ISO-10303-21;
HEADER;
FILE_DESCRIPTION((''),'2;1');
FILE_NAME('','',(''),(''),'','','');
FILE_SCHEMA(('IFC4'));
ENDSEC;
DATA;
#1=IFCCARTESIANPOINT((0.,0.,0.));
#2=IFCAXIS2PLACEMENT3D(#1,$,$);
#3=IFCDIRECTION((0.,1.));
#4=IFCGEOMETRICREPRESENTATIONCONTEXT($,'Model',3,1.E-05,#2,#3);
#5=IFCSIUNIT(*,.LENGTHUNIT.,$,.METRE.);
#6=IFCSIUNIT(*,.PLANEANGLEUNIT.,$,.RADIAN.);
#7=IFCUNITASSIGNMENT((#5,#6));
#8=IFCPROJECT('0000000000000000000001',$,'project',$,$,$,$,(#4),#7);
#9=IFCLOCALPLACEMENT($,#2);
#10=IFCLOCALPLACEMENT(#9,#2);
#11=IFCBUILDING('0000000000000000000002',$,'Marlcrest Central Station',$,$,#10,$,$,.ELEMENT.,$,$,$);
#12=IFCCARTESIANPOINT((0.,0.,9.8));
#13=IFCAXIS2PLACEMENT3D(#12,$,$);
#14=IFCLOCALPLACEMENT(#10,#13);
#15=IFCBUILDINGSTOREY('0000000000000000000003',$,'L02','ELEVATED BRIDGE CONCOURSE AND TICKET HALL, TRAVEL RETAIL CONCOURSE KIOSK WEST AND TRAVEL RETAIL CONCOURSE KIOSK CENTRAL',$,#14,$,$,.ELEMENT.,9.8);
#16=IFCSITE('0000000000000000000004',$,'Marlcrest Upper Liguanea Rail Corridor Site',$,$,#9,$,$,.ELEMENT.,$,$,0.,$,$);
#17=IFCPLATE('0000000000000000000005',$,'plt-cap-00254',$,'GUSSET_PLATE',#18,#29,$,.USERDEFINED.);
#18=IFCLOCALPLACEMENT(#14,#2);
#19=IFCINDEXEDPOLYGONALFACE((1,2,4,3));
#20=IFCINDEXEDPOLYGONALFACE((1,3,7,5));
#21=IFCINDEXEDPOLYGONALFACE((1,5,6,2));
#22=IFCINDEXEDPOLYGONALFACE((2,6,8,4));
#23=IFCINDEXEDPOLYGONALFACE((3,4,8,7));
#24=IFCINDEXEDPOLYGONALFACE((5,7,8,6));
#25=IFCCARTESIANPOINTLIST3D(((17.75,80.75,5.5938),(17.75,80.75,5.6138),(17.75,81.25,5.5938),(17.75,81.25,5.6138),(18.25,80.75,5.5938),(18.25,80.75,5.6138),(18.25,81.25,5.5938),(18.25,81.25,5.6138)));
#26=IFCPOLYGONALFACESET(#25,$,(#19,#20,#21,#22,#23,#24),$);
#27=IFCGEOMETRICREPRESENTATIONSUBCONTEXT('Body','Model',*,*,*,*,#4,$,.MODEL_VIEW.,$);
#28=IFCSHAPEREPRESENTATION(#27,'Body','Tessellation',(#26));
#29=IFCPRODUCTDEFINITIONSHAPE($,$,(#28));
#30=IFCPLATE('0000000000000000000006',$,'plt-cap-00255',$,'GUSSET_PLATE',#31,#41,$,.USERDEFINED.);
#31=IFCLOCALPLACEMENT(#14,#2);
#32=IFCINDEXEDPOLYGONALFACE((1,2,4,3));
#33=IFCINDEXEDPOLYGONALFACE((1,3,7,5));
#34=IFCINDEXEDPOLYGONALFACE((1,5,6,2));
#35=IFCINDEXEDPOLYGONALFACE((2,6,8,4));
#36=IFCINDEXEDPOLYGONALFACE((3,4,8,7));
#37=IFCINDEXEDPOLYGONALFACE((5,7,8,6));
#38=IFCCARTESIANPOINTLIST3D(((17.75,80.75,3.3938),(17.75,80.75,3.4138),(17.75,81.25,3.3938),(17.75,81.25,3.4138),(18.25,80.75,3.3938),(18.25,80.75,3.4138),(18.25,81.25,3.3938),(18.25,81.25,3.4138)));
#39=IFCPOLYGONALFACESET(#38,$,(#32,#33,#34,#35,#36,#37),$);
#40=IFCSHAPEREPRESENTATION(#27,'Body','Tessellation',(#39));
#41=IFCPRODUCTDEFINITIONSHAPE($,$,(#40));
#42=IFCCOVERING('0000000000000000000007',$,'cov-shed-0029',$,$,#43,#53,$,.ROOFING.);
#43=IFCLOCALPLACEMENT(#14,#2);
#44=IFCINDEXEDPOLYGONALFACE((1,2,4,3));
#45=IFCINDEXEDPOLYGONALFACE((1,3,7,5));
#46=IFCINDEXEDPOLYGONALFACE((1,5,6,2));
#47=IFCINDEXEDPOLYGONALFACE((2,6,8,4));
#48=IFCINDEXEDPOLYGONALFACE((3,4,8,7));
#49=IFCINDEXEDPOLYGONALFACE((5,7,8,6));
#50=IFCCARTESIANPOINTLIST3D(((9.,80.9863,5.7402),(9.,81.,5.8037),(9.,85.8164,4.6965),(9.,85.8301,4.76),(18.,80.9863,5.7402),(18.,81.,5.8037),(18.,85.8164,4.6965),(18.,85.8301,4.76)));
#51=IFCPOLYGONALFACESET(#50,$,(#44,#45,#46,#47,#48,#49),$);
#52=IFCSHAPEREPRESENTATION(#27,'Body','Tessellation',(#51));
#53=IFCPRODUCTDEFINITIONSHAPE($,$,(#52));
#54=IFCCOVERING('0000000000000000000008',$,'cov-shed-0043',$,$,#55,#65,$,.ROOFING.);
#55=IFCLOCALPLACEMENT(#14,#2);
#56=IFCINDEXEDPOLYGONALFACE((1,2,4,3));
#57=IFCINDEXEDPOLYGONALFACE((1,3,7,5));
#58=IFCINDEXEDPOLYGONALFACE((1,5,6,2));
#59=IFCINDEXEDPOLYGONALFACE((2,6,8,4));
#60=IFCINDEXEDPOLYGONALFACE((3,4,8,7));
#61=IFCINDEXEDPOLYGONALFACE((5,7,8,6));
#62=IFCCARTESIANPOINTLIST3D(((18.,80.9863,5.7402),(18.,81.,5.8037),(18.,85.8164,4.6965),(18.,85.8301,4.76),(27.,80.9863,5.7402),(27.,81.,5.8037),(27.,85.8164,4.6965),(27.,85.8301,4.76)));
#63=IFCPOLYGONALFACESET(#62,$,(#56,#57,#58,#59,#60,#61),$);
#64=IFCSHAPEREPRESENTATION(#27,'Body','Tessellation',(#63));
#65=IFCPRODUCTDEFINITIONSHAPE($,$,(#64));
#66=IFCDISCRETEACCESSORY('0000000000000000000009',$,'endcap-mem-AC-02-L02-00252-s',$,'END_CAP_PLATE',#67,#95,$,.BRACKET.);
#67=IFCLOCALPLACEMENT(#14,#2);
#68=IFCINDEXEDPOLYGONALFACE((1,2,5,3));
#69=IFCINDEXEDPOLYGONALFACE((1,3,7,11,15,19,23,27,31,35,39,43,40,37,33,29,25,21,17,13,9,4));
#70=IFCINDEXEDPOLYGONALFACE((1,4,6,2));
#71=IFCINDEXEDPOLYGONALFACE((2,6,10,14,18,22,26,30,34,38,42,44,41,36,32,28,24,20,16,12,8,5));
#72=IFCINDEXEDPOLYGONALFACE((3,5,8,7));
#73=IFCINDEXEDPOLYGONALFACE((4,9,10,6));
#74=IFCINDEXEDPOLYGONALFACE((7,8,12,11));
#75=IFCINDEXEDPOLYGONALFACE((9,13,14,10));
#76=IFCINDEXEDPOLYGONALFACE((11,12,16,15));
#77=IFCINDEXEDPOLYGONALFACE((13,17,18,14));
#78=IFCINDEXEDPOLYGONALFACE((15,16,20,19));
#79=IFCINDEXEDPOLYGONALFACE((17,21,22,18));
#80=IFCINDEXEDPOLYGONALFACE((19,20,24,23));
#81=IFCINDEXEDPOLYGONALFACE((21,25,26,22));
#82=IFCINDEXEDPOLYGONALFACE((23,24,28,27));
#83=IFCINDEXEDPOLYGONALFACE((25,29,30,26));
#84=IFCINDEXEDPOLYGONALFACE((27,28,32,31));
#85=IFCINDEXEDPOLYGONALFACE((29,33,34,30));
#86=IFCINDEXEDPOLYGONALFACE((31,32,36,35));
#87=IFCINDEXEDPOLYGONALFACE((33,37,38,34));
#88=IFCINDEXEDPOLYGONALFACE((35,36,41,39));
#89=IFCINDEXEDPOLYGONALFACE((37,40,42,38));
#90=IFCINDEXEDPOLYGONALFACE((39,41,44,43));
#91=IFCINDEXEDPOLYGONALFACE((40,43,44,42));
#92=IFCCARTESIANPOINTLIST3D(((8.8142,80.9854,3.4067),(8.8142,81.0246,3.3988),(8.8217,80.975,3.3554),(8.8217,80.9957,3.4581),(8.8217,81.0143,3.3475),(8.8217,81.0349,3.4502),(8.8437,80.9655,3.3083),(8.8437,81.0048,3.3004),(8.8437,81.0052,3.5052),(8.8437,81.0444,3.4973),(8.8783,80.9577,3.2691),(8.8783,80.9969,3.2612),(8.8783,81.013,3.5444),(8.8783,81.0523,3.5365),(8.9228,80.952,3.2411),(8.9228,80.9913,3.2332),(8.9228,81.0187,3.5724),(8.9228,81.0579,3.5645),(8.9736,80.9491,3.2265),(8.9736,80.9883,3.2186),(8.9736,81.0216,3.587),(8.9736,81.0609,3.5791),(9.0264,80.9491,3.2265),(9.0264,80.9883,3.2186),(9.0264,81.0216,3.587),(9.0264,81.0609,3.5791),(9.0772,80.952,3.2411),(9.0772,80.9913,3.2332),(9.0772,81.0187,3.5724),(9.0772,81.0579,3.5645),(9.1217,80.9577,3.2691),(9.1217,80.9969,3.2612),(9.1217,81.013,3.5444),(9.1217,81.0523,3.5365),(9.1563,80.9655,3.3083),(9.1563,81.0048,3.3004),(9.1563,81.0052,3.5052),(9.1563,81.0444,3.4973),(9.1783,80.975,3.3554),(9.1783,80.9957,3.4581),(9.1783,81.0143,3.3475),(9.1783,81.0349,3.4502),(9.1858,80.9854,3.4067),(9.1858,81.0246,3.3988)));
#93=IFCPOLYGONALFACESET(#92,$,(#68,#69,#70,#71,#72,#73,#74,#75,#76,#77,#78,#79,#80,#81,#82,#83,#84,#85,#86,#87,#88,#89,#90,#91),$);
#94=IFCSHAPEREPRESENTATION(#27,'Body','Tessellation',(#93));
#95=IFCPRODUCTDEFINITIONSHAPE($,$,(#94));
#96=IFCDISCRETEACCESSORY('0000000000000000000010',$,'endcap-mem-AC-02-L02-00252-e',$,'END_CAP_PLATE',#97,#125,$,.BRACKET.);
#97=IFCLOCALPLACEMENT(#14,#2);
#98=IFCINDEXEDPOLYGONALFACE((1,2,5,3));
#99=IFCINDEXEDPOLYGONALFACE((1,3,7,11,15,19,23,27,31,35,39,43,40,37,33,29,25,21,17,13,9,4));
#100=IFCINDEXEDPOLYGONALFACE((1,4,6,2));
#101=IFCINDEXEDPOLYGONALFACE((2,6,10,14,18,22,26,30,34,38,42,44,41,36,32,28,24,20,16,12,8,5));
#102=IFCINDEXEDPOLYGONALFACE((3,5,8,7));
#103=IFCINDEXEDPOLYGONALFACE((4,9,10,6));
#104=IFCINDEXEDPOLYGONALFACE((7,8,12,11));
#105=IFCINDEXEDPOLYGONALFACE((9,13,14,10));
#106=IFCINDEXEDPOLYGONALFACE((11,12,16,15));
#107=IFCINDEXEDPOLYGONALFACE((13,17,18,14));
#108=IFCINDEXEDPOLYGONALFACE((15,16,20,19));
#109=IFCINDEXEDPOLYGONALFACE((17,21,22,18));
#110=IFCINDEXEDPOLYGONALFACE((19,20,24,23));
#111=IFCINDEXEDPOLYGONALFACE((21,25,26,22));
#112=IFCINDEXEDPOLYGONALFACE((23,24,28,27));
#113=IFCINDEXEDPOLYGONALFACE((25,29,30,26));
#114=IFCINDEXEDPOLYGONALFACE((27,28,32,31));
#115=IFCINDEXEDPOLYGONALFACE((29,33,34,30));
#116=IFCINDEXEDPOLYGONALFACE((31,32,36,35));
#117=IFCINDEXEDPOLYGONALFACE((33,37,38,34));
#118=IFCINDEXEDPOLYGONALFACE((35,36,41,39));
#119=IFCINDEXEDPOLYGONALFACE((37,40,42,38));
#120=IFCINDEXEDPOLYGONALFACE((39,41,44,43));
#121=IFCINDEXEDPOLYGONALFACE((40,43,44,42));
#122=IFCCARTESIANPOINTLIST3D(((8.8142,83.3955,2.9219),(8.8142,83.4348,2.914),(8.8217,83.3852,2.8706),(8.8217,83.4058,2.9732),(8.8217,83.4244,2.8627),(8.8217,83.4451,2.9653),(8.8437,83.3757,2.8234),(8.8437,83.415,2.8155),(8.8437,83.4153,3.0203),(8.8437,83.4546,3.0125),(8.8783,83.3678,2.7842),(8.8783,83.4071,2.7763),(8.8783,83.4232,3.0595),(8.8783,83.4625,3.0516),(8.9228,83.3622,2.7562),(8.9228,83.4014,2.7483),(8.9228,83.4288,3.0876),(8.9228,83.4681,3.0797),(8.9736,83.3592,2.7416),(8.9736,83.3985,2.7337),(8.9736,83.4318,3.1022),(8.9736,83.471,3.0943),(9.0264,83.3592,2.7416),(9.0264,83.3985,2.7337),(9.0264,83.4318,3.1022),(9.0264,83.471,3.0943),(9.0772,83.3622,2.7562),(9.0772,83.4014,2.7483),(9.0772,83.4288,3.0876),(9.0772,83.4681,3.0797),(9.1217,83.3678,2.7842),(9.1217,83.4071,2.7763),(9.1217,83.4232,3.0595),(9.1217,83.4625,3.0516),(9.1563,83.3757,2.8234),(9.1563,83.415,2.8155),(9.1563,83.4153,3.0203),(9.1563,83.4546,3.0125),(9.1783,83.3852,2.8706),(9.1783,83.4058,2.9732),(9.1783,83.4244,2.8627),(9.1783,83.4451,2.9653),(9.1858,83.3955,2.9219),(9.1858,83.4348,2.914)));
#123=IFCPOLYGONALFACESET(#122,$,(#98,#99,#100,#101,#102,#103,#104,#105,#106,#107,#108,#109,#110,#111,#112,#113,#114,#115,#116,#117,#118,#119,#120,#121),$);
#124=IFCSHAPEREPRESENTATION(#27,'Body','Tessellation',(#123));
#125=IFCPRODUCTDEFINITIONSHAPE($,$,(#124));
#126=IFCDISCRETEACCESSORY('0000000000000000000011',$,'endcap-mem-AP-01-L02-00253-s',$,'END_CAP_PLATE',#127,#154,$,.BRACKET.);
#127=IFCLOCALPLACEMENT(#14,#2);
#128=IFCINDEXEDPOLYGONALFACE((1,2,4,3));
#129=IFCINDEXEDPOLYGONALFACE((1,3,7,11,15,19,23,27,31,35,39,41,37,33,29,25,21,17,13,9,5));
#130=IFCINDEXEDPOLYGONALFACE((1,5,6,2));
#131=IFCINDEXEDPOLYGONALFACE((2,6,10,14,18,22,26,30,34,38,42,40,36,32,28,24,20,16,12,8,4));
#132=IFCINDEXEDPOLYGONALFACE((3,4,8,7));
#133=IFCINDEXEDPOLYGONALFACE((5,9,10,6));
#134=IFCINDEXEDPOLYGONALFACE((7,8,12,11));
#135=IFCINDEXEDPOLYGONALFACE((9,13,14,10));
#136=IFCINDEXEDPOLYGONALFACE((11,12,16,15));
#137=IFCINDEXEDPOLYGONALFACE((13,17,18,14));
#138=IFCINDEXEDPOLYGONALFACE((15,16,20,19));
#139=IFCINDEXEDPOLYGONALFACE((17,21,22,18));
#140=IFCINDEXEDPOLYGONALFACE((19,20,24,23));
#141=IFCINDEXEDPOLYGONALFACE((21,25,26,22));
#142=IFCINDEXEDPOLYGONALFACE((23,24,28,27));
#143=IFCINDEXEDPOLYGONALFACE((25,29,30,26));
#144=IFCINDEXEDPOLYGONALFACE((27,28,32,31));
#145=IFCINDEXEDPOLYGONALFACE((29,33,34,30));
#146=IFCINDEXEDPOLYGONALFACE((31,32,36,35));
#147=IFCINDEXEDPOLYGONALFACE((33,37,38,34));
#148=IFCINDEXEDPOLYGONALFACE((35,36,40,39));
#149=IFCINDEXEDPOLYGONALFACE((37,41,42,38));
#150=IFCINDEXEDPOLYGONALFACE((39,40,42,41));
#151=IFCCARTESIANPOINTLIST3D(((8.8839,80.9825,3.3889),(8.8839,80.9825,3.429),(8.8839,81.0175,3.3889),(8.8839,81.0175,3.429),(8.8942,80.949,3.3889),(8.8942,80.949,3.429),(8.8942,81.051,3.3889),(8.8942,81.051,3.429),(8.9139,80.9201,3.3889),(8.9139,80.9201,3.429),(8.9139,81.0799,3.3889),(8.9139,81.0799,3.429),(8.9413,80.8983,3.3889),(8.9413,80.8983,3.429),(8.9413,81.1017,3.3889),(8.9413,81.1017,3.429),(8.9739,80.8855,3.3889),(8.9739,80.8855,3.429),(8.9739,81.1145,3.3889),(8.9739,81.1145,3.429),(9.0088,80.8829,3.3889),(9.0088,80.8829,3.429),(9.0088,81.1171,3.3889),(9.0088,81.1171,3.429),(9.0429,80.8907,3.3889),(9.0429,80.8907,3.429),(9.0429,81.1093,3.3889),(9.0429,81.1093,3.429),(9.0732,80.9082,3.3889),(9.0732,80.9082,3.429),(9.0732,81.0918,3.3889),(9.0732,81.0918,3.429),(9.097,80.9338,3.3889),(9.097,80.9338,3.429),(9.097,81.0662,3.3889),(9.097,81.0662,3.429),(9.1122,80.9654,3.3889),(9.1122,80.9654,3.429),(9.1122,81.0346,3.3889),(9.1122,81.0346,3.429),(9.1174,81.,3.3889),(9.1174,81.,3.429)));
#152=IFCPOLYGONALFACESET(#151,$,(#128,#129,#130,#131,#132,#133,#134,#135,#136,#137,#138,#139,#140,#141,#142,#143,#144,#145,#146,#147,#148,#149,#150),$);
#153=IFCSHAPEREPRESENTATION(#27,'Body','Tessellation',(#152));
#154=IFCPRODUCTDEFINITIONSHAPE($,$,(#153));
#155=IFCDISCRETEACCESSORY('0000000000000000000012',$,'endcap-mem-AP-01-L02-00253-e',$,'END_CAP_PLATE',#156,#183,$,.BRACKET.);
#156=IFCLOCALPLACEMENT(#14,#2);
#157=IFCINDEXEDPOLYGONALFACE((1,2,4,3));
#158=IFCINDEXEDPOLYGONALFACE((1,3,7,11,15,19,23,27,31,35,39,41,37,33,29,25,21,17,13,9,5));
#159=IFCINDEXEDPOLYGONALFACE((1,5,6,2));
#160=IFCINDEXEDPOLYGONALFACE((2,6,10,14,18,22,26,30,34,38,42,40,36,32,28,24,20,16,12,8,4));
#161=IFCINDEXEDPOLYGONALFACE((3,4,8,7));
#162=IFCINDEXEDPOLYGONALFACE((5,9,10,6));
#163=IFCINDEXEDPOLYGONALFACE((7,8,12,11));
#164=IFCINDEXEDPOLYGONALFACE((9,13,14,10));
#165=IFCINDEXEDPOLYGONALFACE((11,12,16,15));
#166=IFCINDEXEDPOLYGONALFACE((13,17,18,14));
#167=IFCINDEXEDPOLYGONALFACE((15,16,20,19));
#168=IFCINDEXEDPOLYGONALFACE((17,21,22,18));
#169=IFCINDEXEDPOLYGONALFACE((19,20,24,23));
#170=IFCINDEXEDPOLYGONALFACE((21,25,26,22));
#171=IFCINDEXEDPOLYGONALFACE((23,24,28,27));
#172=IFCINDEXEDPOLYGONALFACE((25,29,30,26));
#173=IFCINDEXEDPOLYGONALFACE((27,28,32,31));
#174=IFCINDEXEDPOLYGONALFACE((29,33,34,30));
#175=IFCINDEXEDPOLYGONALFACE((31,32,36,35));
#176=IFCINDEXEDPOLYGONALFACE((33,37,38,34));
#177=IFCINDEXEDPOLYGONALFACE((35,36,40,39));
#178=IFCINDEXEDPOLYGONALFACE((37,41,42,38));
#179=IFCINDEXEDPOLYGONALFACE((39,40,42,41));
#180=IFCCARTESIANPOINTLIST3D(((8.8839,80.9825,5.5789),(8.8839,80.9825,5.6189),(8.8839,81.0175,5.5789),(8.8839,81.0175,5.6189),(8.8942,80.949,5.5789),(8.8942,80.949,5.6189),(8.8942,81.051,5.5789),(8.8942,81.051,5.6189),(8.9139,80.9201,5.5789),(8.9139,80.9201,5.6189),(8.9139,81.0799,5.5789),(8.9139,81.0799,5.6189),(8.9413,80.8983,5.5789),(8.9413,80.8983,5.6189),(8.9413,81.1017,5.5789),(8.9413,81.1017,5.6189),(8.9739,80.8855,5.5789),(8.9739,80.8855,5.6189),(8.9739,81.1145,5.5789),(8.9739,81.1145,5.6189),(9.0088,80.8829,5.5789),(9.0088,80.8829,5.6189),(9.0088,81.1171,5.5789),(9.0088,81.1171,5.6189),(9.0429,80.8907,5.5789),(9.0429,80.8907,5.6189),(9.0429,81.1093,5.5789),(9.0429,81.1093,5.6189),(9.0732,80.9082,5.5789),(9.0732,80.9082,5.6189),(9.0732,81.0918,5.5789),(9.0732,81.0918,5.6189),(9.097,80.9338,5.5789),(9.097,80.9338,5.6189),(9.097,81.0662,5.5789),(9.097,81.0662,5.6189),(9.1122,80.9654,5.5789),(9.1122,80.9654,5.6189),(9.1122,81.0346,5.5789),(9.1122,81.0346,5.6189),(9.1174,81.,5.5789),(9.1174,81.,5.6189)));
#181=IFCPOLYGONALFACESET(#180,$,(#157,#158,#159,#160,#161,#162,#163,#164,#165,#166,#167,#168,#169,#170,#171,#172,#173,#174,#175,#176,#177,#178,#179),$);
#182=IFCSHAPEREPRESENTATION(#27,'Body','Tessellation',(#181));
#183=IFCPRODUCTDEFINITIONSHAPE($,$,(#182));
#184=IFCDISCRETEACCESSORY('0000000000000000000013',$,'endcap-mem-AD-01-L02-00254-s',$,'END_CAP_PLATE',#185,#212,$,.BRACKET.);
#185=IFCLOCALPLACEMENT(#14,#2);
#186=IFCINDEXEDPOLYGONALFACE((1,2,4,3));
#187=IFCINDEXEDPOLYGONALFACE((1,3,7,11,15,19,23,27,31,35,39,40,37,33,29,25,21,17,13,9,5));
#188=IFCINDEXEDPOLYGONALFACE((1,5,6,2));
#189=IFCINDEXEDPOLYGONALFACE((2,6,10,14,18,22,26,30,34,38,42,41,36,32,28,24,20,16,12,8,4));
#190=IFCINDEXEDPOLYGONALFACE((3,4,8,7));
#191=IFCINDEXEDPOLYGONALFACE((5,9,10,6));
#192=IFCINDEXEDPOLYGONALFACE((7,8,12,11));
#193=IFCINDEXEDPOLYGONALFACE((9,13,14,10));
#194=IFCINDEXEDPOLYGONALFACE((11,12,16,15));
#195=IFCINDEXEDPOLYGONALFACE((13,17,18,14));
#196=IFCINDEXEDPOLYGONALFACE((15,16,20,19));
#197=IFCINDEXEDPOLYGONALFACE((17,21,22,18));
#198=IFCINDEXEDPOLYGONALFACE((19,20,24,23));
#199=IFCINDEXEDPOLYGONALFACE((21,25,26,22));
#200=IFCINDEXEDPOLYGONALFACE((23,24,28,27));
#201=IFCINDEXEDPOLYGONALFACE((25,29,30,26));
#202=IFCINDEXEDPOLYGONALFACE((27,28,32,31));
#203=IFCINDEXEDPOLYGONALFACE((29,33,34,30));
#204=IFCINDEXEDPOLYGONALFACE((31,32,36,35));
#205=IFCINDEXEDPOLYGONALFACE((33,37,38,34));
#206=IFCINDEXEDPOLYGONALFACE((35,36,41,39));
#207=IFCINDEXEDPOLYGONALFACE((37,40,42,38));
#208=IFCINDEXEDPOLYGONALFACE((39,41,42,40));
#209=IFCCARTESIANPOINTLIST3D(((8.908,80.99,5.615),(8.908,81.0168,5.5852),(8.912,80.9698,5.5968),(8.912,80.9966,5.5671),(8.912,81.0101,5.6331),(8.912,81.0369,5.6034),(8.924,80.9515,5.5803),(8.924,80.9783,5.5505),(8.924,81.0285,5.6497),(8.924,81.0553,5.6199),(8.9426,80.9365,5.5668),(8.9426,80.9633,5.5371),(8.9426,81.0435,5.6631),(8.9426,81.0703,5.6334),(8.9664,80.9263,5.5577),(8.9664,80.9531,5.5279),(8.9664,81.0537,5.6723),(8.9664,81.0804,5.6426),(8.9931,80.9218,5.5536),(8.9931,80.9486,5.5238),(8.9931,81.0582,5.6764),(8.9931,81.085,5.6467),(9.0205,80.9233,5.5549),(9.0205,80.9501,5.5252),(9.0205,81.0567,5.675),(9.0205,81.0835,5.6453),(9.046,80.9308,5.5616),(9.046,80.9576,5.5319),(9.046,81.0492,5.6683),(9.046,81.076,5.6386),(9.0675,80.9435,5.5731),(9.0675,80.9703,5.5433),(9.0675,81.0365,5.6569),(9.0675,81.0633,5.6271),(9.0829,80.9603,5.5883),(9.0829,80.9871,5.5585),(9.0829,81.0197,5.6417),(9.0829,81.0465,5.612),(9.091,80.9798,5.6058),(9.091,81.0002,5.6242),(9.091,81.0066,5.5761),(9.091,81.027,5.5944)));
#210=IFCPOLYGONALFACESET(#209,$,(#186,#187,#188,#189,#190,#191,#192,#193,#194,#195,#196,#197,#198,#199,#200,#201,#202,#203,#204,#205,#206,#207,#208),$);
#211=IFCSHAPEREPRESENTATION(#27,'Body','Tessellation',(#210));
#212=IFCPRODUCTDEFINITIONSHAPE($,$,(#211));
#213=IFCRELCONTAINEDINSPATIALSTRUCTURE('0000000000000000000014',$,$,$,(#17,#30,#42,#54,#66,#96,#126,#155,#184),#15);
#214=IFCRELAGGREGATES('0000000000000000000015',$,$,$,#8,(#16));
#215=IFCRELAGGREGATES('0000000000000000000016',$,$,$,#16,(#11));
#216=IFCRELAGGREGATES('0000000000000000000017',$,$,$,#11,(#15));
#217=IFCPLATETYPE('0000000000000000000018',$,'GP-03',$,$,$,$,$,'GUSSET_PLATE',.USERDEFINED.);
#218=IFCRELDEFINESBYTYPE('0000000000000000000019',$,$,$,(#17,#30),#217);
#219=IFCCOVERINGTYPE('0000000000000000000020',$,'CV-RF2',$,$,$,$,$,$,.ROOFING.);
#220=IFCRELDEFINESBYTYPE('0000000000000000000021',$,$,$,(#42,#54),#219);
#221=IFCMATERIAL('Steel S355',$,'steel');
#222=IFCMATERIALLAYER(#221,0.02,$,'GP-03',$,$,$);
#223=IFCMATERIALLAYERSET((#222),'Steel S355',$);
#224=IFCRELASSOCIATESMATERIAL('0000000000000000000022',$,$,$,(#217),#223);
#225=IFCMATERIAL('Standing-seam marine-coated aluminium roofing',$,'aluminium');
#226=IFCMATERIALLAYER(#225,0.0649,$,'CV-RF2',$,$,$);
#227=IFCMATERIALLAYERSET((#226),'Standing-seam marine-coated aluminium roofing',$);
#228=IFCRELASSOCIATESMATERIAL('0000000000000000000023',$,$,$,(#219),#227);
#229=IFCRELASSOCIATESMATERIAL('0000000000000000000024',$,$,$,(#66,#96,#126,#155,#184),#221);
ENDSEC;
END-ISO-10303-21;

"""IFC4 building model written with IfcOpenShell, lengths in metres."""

from ifc_helpers import new_model, si_unit, direction, frame, origin, origin_2d, place, context, subcontext, project, spatial, polyline, rectangle, circle, outline, extrude, material, layer, layer_set, type_object, element, save


model = new_model("IFC4")

# Units and contexts
model_context = context("Model", 3, precision=1e-05, world=origin(), true_north=direction((0.0, 1.0)))
body_context = subcontext(model_context, "Body", "Model", "MODEL_VIEW")
ifc_project = project(units=[si_unit("LENGTHUNIT", "METRE"), si_unit("PLANEANGLEUNIT", "RADIAN")], contexts=[model_context])

# Site, building, storey
site_placement = place(None, origin())
site = spatial("IfcSite", under=ifc_project, at=site_placement, Name="Marlcrest Upper Liguanea Rail Corridor Site", CompositionType="ELEMENT", RefElevation=0.0)
building_placement = place(site_placement, origin())
building = spatial("IfcBuilding", under=site, at=building_placement, Name="Marlcrest Central Station", CompositionType="ELEMENT")
storey_placement = place(building_placement, frame((0.0, 0.0, 9.8)))
storey = spatial("IfcBuildingStorey", under=building, at=storey_placement, Name="L02", Description="ELEVATED BRIDGE CONCOURSE AND TICKET HALL, TRAVEL RETAIL CONCOURSE KIOSK WEST AND TRAVEL RETAIL CONCOURSE KIOSK CENTRAL", CompositionType="ELEMENT", Elevation=9.8)

# Shared definitions
ifc_material_1 = material(Name="Steel S355", Category="steel")

# Plates
ifc_layer_1 = layer(ifc_material_1, 0.02, Name="GP-03")
ifc_layer_set_1 = layer_set([ifc_layer_1], Name="Steel S355")
plate_type = type_object("IfcPlateType", Name="GP-03", ElementType="GUSSET_PLATE", PredefinedType="USERDEFINED", material=ifc_layer_set_1)
for number, where, z_axis, x_axis, name in (
    (1, (18.0, 81.0, 5.5938), (0.0, 0.0, 1.0), (1.0, 0.0, 0.0), "plt-cap-00254"),
    (2, (18.0, 81.0, 3.3938), (0.0, 0.0, 1.0), (1.0, 0.0, 0.0), "plt-cap-00255"),
):
    element("IfcPlate", number, at=place(storey_placement, frame(where, z_axis=z_axis, x_axis=x_axis)), inside=storey, type_object=plate_type, Name=name, ObjectType="GUSSET_PLATE", PredefinedType="USERDEFINED", context=body_context, shape_type="SweptSolid", body=[
        extrude(rectangle(XDim=0.5, YDim=0.5, at=origin_2d()), origin(), (0.0, 0.0, 1.0), 0.02),
    ])

# Coverings
ifc_material_2 = material(Name="Standing-seam marine-coated aluminium roofing", Category="aluminium")
ifc_layer_2 = layer(ifc_material_2, 0.0649, Name="CV-RF2")
ifc_layer_set_2 = layer_set([ifc_layer_2], Name="Standing-seam marine-coated aluminium roofing")
covering_type = type_object("IfcCoveringType", Name="CV-RF2", PredefinedType="ROOFING", material=ifc_layer_set_2)
for number, where, z_axis, x_axis, name in (
    (3, (9.0, 81.0, 5.8037), (0.0, 0.211209, 0.977441), (1.0, 0.0, 0.0), "cov-shed-0029"),
    (4, (18.0, 81.0, 5.8037), (0.0, 0.211209, 0.977441), (1.0, 0.0, 0.0), "cov-shed-0043"),
):
    element("IfcCovering", number, at=place(storey_placement, frame(where, z_axis=z_axis, x_axis=x_axis)), inside=storey, type_object=covering_type, Name=name, PredefinedType="ROOFING", context=body_context, shape_type="SweptSolid", body=[
        extrude(outline(polyline([(0.0, 0.0), (9.0, 0.0), (9.0, 4.9416), (0.0, 4.9416), (0.0, 0.0)])), origin(), (0.0, 0.0, -1.0), 0.0649),
    ])

# Discrete accessories
for number, where, z_axis, x_axis, name in (
    (5, (9.0, 80.9854, 3.4067), (0.0, 0.980359, -0.197219), (-1.0, 0.0, 0.0), "endcap-mem-AC-02-L02-00252-s"),
    (6, (9.0, 83.3955, 2.9219), (0.0, 0.980359, -0.197219), (-1.0, 0.0, 0.0), "endcap-mem-AC-02-L02-00252-e"),
):
    element("IfcDiscreteAccessory", number, at=place(storey_placement, frame(where, z_axis=z_axis, x_axis=x_axis)), inside=storey, material=ifc_material_1, Name=name, ObjectType="END_CAP_PLATE", PredefinedType="BRACKET", context=body_context, shape_type="SweptSolid", body=[
        extrude(circle(Radius=0.1858, at=origin_2d()), origin(), (0.0, 0.0, 1.0), 0.04),
    ])
for number, where, z_axis, x_axis, name in (
    (7, (9.0, 81.0, 3.3889), (0.0, 0.0, 1.0), (1.0, 0.0, 0.0), "endcap-mem-AP-01-L02-00253-s"),
    (8, (9.0, 81.0, 5.5789), (0.0, 0.0, 1.0), (1.0, 0.0, 0.0), "endcap-mem-AP-01-L02-00253-e"),
):
    element("IfcDiscreteAccessory", number, at=place(storey_placement, frame(where, z_axis=z_axis, x_axis=x_axis)), inside=storey, material=ifc_material_1, Name=name, ObjectType="END_CAP_PLATE", PredefinedType="BRACKET", context=body_context, shape_type="SweptSolid", body=[
        extrude(circle(Radius=0.1174, at=origin_2d()), origin(), (0.0, 0.0, 1.0), 0.04),
    ])
discrete_accessory_1_placement = place(storey_placement, frame((9.0, 80.99, 5.615), z_axis=(0.0, 0.669244, -0.743042), x_axis=(-1.0, 0.0, 0.0)))
element("IfcDiscreteAccessory", 9, at=discrete_accessory_1_placement, inside=storey, material=ifc_material_1, Name="endcap-mem-AD-01-L02-00254-s", ObjectType="END_CAP_PLATE", PredefinedType="BRACKET", context=body_context, shape_type="SweptSolid", body=[
    extrude(circle(Radius=0.092, at=origin_2d()), origin(), (0.0, 0.0, 1.0), 0.04),
])

save(model, "model.ifc")
